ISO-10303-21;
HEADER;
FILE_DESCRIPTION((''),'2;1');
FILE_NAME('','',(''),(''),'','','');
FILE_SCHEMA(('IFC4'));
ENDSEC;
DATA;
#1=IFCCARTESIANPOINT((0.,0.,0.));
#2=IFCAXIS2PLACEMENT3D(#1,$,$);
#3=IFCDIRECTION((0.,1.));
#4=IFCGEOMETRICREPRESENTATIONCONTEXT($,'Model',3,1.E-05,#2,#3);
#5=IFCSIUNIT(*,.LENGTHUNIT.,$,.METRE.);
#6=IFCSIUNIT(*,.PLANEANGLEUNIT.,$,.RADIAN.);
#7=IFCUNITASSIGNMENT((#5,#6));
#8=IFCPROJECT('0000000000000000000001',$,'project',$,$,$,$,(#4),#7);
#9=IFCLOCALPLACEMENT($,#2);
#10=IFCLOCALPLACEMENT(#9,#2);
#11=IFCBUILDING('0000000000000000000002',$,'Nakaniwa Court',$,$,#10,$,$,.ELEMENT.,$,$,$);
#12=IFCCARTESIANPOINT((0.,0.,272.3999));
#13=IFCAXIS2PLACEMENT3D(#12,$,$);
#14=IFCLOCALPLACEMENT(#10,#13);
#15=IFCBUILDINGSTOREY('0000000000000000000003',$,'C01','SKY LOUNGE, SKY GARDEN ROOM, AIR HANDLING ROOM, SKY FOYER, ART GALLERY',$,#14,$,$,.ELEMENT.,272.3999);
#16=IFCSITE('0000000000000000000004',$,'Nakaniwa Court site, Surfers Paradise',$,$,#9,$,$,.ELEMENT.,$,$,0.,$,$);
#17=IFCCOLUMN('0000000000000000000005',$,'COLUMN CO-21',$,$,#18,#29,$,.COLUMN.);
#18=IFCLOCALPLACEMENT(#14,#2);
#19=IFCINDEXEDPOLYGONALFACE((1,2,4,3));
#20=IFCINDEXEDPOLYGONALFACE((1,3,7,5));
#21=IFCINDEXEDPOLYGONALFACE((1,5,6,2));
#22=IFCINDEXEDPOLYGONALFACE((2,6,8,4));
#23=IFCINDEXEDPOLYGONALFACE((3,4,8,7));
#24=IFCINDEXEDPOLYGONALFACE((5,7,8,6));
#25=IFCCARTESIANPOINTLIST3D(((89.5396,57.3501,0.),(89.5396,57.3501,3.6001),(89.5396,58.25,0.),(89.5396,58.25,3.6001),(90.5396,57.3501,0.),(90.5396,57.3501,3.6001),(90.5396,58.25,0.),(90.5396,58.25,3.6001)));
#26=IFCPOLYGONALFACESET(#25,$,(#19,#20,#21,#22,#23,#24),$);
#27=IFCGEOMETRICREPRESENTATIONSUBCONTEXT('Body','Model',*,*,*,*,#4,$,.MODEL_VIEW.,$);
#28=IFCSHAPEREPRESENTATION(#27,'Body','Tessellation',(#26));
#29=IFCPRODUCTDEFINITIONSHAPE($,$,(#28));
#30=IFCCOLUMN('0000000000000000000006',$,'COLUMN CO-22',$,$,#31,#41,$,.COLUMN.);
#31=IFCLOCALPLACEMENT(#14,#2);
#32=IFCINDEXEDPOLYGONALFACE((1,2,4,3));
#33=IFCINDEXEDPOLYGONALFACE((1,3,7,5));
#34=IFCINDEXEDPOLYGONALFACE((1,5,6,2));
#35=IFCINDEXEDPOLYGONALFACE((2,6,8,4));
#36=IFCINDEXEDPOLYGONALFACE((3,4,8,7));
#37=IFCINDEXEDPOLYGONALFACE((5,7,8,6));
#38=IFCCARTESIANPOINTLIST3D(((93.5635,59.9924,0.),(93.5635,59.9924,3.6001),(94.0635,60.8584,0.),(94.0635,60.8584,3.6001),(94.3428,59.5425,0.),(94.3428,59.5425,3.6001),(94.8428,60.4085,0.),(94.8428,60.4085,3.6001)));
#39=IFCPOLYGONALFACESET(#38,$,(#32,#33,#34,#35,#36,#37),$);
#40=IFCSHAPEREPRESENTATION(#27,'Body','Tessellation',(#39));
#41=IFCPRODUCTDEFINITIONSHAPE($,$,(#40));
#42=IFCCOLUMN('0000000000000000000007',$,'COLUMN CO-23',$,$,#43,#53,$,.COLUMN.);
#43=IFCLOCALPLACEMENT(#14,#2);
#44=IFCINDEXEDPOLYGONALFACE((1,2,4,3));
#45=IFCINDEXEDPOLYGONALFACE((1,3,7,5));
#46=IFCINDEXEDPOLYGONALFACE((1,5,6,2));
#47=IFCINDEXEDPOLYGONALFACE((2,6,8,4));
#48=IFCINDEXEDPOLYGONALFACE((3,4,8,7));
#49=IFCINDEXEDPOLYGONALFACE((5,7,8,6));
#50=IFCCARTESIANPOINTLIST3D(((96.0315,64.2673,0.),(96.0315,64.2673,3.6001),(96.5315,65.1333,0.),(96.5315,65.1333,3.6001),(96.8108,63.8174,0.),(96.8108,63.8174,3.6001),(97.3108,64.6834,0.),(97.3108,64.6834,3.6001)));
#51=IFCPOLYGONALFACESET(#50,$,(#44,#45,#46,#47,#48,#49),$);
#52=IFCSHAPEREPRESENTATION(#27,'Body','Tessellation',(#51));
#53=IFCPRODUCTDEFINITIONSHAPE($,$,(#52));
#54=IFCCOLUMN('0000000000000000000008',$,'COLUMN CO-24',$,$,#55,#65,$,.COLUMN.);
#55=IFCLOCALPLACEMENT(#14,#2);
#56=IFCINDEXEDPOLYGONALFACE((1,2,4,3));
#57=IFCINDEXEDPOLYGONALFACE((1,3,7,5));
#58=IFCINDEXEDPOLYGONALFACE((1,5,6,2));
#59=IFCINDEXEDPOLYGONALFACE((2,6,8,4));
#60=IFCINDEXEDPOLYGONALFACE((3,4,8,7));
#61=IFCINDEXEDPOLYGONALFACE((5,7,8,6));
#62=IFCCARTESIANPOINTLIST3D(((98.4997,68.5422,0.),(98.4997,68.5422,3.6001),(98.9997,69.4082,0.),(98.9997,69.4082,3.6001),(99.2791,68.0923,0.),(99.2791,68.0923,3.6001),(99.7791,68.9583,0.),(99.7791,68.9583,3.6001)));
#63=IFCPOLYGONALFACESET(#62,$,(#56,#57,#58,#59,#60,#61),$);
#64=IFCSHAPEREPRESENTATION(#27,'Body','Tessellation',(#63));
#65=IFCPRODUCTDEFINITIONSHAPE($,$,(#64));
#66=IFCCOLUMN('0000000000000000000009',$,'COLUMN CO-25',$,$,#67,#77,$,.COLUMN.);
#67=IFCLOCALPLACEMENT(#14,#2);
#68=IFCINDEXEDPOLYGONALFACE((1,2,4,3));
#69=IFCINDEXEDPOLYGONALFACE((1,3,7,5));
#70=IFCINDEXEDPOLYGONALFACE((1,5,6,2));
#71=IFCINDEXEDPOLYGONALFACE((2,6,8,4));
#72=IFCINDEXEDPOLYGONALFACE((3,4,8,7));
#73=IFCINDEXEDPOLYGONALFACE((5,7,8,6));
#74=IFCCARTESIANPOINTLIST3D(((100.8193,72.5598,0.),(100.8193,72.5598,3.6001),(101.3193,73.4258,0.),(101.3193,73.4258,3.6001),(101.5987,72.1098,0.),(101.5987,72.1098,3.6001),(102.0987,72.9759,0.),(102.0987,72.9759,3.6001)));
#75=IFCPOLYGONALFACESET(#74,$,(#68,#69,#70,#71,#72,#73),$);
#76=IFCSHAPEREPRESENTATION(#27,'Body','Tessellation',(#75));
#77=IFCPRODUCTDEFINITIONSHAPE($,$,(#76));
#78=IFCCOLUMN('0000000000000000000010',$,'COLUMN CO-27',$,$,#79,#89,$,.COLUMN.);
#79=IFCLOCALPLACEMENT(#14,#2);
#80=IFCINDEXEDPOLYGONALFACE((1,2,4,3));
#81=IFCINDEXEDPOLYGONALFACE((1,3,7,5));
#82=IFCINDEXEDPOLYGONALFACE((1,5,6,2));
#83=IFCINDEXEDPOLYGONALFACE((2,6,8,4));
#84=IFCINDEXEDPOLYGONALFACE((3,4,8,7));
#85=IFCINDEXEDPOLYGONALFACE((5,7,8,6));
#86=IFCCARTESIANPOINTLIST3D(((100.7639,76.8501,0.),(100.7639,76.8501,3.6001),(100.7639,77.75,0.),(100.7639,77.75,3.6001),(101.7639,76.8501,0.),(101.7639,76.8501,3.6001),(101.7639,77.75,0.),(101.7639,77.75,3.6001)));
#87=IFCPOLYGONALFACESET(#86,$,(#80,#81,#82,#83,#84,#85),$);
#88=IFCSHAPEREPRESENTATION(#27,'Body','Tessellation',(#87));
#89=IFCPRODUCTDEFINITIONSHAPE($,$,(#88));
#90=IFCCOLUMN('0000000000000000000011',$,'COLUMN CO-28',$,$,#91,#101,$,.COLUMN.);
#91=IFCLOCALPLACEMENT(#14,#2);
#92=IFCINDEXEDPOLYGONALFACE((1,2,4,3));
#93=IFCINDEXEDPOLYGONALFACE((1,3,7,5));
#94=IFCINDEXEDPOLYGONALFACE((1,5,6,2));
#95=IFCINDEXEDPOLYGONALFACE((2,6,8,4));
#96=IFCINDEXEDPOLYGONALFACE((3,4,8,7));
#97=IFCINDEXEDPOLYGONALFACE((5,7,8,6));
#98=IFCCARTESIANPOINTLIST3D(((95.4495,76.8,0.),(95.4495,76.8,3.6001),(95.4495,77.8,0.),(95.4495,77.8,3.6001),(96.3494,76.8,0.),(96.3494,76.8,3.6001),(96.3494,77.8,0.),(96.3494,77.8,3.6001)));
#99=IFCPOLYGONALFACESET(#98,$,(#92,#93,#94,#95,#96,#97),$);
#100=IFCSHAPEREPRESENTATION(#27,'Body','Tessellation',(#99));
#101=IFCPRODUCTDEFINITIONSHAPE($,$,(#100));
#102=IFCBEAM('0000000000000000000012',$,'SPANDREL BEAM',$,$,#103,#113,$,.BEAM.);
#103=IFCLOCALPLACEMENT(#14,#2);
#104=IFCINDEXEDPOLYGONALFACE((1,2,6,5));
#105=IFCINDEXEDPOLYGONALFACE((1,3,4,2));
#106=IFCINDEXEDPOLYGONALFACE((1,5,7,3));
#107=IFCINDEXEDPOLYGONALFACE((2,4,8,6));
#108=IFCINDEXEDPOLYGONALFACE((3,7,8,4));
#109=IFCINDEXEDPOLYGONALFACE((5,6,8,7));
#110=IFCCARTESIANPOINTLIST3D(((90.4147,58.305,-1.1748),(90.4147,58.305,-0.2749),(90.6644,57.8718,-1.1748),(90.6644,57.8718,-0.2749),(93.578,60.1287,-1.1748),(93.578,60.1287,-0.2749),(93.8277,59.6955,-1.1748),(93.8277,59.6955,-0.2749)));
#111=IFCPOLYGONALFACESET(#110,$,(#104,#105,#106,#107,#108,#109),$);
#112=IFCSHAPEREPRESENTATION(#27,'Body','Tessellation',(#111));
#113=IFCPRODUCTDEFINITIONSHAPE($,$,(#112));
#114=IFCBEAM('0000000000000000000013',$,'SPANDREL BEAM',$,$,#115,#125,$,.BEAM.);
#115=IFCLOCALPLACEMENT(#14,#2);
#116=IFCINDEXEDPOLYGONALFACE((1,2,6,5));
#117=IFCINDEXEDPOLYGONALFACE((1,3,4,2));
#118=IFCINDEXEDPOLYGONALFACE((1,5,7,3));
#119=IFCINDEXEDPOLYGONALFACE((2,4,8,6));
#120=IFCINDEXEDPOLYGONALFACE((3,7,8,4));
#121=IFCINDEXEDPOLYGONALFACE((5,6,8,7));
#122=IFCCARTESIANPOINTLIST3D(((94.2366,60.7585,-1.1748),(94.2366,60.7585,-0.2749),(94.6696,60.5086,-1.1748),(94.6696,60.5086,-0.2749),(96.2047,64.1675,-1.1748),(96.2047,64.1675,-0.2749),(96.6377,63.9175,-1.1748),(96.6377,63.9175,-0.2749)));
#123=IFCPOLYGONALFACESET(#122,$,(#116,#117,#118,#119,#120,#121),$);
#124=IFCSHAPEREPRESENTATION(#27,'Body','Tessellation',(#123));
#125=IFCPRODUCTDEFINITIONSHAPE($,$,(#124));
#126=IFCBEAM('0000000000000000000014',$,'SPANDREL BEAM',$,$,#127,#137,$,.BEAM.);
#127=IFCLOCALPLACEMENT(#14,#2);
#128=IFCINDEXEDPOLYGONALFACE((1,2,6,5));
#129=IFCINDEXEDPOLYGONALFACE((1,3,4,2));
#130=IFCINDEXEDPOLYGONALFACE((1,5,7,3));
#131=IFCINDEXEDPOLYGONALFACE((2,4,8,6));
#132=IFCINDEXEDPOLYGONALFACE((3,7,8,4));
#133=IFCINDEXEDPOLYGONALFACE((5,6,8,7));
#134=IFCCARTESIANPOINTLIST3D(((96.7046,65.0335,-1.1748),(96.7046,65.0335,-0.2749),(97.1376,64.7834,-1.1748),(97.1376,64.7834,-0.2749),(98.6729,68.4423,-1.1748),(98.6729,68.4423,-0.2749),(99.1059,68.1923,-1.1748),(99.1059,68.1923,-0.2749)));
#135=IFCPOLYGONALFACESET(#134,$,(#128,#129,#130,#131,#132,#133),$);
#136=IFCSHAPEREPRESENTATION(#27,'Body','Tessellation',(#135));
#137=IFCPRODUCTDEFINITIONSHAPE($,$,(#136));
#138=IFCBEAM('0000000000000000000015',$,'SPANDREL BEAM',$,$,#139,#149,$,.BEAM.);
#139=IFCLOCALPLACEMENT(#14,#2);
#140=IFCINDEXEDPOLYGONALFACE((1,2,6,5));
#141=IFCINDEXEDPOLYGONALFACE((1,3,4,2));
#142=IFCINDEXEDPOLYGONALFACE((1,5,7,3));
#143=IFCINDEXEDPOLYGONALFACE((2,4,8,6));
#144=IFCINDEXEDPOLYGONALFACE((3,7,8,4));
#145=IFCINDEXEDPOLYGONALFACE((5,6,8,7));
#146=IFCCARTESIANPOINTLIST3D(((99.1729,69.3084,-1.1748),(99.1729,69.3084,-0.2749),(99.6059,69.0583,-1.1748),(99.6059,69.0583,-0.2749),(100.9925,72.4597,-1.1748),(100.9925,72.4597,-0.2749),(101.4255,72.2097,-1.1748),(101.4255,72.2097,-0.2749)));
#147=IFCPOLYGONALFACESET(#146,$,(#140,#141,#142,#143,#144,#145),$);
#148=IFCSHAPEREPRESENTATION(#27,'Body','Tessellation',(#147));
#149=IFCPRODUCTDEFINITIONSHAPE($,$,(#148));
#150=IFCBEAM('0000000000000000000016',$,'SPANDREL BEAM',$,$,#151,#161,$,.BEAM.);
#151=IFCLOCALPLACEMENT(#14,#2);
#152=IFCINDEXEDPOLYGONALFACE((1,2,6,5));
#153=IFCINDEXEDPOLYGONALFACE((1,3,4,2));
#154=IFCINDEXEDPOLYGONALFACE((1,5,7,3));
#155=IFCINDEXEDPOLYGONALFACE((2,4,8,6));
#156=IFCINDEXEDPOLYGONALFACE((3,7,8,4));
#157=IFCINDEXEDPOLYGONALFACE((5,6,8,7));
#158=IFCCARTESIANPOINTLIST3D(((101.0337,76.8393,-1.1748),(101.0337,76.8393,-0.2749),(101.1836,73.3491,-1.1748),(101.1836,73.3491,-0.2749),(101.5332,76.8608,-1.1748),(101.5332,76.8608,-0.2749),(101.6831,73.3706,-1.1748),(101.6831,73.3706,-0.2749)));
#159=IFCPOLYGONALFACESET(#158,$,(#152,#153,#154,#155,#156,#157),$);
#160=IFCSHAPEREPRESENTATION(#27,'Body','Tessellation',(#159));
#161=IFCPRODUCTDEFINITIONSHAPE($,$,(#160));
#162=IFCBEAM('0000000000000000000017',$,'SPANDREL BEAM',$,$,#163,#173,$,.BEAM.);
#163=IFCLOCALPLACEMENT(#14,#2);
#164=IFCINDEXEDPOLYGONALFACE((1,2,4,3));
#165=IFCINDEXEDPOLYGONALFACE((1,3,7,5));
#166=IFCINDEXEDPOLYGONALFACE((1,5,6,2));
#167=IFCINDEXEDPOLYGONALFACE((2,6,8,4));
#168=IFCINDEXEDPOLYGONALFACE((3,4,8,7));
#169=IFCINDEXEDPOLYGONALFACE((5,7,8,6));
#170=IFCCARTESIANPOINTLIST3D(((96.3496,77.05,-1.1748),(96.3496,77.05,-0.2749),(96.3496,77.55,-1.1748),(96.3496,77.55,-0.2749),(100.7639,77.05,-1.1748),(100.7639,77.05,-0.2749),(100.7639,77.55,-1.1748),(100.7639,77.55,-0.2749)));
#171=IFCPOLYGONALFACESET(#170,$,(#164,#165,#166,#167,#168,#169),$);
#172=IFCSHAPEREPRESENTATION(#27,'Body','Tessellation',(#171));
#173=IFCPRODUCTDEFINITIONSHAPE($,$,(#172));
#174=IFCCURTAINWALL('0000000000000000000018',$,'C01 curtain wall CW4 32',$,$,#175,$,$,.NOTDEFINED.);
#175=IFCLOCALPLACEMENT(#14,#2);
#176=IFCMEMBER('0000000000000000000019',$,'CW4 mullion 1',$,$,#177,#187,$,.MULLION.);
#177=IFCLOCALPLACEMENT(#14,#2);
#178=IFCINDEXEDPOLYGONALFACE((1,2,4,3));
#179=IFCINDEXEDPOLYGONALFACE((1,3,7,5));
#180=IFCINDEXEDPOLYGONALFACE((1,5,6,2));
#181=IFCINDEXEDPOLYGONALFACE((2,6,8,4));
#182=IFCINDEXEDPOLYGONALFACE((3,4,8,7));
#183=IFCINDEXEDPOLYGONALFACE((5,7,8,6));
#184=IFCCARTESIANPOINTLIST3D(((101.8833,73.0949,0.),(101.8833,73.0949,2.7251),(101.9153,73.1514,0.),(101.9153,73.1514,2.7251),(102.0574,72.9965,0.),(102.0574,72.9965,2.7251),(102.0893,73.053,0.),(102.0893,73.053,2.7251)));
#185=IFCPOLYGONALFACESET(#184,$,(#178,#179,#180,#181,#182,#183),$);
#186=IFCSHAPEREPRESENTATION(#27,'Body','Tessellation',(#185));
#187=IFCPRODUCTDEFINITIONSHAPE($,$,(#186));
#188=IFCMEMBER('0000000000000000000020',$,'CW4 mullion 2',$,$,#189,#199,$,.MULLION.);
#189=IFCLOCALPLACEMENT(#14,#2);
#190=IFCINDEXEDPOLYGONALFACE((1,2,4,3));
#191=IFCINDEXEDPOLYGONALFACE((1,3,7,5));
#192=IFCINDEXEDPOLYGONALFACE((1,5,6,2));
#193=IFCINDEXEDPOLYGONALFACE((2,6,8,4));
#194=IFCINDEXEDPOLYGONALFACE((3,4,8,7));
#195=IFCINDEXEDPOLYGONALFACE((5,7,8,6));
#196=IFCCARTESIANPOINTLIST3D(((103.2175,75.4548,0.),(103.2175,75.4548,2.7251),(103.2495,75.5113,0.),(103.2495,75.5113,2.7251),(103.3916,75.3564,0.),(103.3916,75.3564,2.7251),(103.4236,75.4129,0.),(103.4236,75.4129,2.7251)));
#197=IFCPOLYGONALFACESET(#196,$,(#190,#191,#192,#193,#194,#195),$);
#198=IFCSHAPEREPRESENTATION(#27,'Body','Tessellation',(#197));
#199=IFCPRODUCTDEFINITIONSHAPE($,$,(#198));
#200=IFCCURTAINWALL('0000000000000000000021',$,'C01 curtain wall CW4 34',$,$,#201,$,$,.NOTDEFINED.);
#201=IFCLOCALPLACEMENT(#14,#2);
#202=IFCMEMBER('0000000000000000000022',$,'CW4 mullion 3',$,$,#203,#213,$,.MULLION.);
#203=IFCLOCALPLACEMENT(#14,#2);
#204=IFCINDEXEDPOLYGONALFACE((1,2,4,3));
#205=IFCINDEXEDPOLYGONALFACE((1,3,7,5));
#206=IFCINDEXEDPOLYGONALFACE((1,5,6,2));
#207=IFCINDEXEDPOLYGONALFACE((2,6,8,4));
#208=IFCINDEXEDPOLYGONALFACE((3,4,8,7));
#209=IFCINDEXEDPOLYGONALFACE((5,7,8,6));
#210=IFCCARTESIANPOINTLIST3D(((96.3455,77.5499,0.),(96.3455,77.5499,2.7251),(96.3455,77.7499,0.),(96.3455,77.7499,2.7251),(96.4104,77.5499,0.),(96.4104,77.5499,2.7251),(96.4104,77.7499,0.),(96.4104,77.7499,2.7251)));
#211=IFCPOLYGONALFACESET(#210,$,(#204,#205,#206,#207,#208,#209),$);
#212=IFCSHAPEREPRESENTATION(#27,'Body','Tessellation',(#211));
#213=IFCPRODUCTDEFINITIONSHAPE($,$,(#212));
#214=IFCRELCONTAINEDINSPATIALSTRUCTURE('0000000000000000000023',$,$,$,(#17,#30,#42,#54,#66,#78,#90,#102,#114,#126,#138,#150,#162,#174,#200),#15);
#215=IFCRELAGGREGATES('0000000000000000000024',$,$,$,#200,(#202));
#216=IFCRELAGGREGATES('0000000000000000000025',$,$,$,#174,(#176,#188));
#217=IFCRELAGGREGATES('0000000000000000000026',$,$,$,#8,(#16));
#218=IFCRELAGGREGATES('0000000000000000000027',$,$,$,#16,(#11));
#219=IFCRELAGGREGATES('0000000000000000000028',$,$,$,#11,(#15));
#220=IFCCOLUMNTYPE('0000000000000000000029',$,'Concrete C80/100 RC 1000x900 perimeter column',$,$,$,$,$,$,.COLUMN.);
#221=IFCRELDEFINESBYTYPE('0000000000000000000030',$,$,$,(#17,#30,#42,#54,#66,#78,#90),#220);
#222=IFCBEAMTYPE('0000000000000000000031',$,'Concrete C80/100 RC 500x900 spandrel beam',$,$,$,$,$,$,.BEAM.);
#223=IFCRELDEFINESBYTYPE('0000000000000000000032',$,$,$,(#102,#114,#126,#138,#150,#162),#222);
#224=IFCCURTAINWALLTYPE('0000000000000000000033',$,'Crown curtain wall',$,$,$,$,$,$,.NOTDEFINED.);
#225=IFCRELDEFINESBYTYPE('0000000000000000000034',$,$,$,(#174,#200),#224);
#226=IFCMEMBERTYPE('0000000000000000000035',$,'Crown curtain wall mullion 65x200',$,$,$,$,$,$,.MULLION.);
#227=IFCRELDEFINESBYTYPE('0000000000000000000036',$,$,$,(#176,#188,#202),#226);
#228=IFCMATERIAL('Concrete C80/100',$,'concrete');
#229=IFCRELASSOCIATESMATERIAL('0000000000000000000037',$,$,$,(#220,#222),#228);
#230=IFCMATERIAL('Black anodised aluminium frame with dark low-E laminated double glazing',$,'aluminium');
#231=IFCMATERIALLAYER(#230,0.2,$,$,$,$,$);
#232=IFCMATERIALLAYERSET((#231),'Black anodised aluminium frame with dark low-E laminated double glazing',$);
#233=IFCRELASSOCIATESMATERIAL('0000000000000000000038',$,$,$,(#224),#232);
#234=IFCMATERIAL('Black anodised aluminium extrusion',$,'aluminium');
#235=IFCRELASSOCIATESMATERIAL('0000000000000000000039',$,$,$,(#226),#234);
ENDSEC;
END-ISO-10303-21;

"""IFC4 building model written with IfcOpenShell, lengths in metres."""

from ifc_helpers import new_model, si_unit, direction, frame, origin, origin_2d, place, context, subcontext, project, spatial, rectangle, extrude, material, layer, layer_set, material_profile, profile_set, type_object, element, aggregate, save


model = new_model("IFC4")

# Units and contexts
model_context = context("Model", 3, precision=1e-05, world=origin(), true_north=direction((0.0, 1.0)))
body_context = subcontext(model_context, "Body", "Model", "MODEL_VIEW")
ifc_project = project(units=[si_unit("LENGTHUNIT", "METRE"), si_unit("PLANEANGLEUNIT", "RADIAN")], contexts=[model_context])

# Site, building, storey
site_placement = place(None, origin())
site = spatial("IfcSite", under=ifc_project, at=site_placement, Name="Nakaniwa Court site, Surfers Paradise", CompositionType="ELEMENT", RefElevation=0.0)
building_placement = place(site_placement, origin())
building = spatial("IfcBuilding", under=site, at=building_placement, Name="Nakaniwa Court", CompositionType="ELEMENT")
storey_placement = place(building_placement, frame((0.0, 0.0, 272.3999)))
storey = spatial("IfcBuildingStorey", under=building, at=storey_placement, Name="C01", Description="SKY LOUNGE, SKY GARDEN ROOM, AIR HANDLING ROOM, SKY FOYER, ART GALLERY", CompositionType="ELEMENT", Elevation=272.3999)

# Columns
ifc_material_1 = material(Name="Concrete C80/100", Category="concrete")
ifc_material_profile_1 = material_profile(ifc_material_1, rectangle(XDim=1.0, YDim=0.8999, at=origin_2d()), Name="Concrete C80/100 RC 1000x900 perimeter column")
ifc_profile_set_1 = profile_set([ifc_material_profile_1], Name="Concrete C80/100")
column_type = type_object("IfcColumnType", Name="Concrete C80/100 RC 1000x900 perimeter column", PredefinedType="COLUMN", material=ifc_profile_set_1)
for number, where, z_axis, x_axis, name in (
    (1, (90.0396, 57.8, 0.0), (0.0, 0.0, 1.0), (1.0, 0.0, 0.0), "COLUMN CO-21"),
    (2, (94.2031, 60.2004, 0.0), (0.0, 0.0, 1.0), (0.5, 0.866025, 0.0), "COLUMN CO-22"),
    (3, (96.6711, 64.4753, 0.0), (0.0, 0.0, 1.0), (0.5, 0.866025, 0.0), "COLUMN CO-23"),
    (4, (99.1394, 68.7502, 0.0), (0.0, 0.0, 1.0), (0.5, 0.866025, 0.0), "COLUMN CO-24"),
    (5, (101.459, 72.7678, 0.0), (0.0, 0.0, 1.0), (0.5, 0.866025, 0.0), "COLUMN CO-25"),
    (6, (101.2639, 77.3, 0.0), (0.0, 0.0, 1.0), (-1.0, 0.0, 0.0), "COLUMN CO-27"),
    (7, (95.8994, 77.3, 0.0), (0.0, 0.0, 1.0), (0.0, 1.0, 0.0), "COLUMN CO-28"),
):
    element("IfcColumn", number, at=place(storey_placement, frame(where, z_axis=z_axis, x_axis=x_axis)), inside=storey, type_object=column_type, Name=name, PredefinedType="COLUMN", context=body_context, shape_type="SweptSolid", body=[
        extrude(rectangle(XDim=1.0, YDim=0.8999, at=origin_2d()), origin(), (0.0, 0.0, 1.0), 3.6001),
    ])

# Beams
ifc_material_profile_2 = material_profile(ifc_material_1, rectangle(XDim=0.5, YDim=0.8999, at=origin_2d()), Name="Concrete C80/100 RC 500x900 spandrel beam")
ifc_profile_set_2 = profile_set([ifc_material_profile_2], Name="Concrete C80/100")
beam_type = type_object("IfcBeamType", Name="Concrete C80/100 RC 500x900 spandrel beam", PredefinedType="BEAM", material=ifc_profile_set_2)
beam_1_placement = place(storey_placement, frame((90.5396, 58.0884, -0.7249), z_axis=(0.866336, 0.499462, 0.0), x_axis=(-0.499462, 0.866336, 0.0)))
element("IfcBeam", 8, at=beam_1_placement, inside=storey, type_object=beam_type, Name="SPANDREL BEAM", PredefinedType="BEAM", context=body_context, shape_type="SweptSolid", body=[
    extrude(rectangle(XDim=0.5, YDim=0.8999, at=origin_2d()), origin(), (0.0, 0.0, 1.0), 3.6514),
])
for number, where, z_axis, x_axis, name in (
    (9, (94.4531, 60.6335, -0.7249), (0.499975, 0.86604, 0.0), (-0.86604, 0.499975, 0.0), "SPANDREL BEAM"),
    (10, (96.9211, 64.9084, -0.7249), (0.500021, 0.866013, 0.0), (-0.866013, 0.500021, 0.0), "SPANDREL BEAM"),
):
    element("IfcBeam", number, at=place(storey_placement, frame(where, z_axis=z_axis, x_axis=x_axis)), inside=storey, type_object=beam_type, Name=name, PredefinedType="BEAM", context=body_context, shape_type="SweptSolid", body=[
        extrude(rectangle(XDim=0.5, YDim=0.8999, at=origin_2d()), origin(), (0.0, 0.0, 1.0), 3.9363),
    ])
beam_2_placement = place(storey_placement, frame((99.3894, 69.1833, -0.7249), z_axis=(0.500028, 0.866009, 0.0), x_axis=(-0.866009, 0.500028, 0.0)))
element("IfcBeam", 11, at=beam_2_placement, inside=storey, type_object=beam_type, Name="SPANDREL BEAM", PredefinedType="BEAM", context=body_context, shape_type="SweptSolid", body=[
    extrude(rectangle(XDim=0.5, YDim=0.8999, at=origin_2d()), origin(), (0.0, 0.0, 1.0), 3.6389),
])
beam_3_placement = place(storey_placement, frame((101.4333, 73.3599, -0.7249), z_axis=(-0.04291, 0.999079, 0.0), x_axis=(-0.999079, -0.04291, 0.0)))
element("IfcBeam", 12, at=beam_3_placement, inside=storey, type_object=beam_type, Name="SPANDREL BEAM", PredefinedType="BEAM", context=body_context, shape_type="SweptSolid", body=[
    extrude(rectangle(XDim=0.5, YDim=0.8999, at=origin_2d()), origin(), (0.0, 0.0, 1.0), 3.4934),
])
beam_4_placement = place(storey_placement, frame((100.7639, 77.3, -0.7249), z_axis=(-1.0, 0.0, 0.0), x_axis=(0.0, -1.0, 0.0)))
element("IfcBeam", 13, at=beam_4_placement, inside=storey, type_object=beam_type, Name="SPANDREL BEAM", PredefinedType="BEAM", context=body_context, shape_type="SweptSolid", body=[
    extrude(rectangle(XDim=0.5, YDim=0.8999, at=origin_2d()), origin(), (0.0, 0.0, 1.0), 4.4143),
])

# Curtain wall, members
ifc_material_2 = material(Name="Black anodised aluminium frame with dark low-E laminated double glazing", Category="aluminium")
ifc_layer_1 = layer(ifc_material_2, 0.2)
ifc_layer_set_1 = layer_set([ifc_layer_1], Name="Black anodised aluminium frame with dark low-E laminated double glazing")
curtain_wall_type = type_object("IfcCurtainWallType", Name="Crown curtain wall", PredefinedType="NOTDEFINED", material=ifc_layer_set_1)
curtain_wall_1_placement = place(storey_placement, origin())
curtain_wall_1 = element("IfcCurtainWall", 14, at=curtain_wall_1_placement, inside=storey, type_object=curtain_wall_type, Name="C01 curtain wall CW4 32", PredefinedType="NOTDEFINED")
ifc_material_3 = material(Name="Black anodised aluminium extrusion", Category="aluminium")
ifc_material_profile_3 = material_profile(ifc_material_3, rectangle(XDim=0.2, YDim=0.0649, at=origin_2d()), Name="Crown curtain wall mullion 65x200")
ifc_profile_set_3 = profile_set([ifc_material_profile_3], Name="Black anodised aluminium extrusion")
member_type_1 = type_object("IfcMemberType", Name="Crown curtain wall mullion 65x200", PredefinedType="MULLION", material=ifc_profile_set_3)
member_1_placement = place(storey_placement, frame((101.9863, 73.074, 0.0), z_axis=(0.0, 0.0, 1.0), x_axis=(-0.870495, 0.492177, 0.0)))
member_1 = element("IfcMember", 15, at=member_1_placement, type_object=member_type_1, Name="CW4 mullion 1", PredefinedType="MULLION", context=body_context, shape_type="SweptSolid", body=[
    extrude(rectangle(XDim=0.2, YDim=0.0649, at=origin_2d()), origin(), (0.0, 0.0, 1.0), 2.7251),
])
member_2_placement = place(storey_placement, frame((103.3206, 75.4338, 0.0), z_axis=(0.0, 0.0, 1.0), x_axis=(-0.870495, 0.492177, 0.0)))
member_2 = element("IfcMember", 16, at=member_2_placement, type_object=member_type_1, Name="CW4 mullion 2", PredefinedType="MULLION", context=body_context, shape_type="SweptSolid", body=[
    extrude(rectangle(XDim=0.2, YDim=0.0649, at=origin_2d()), origin(), (0.0, 0.0, 1.0), 2.7251),
])

# Curtain wall, member
curtain_wall_2_placement = place(storey_placement, origin())
curtain_wall_2 = element("IfcCurtainWall", 17, at=curtain_wall_2_placement, inside=storey, type_object=curtain_wall_type, Name="C01 curtain wall CW4 34", PredefinedType="NOTDEFINED")
member_3_placement = place(storey_placement, frame((96.3779, 77.6499, 0.0), z_axis=(0.0, 0.0, 1.0), x_axis=(0.0, -1.0, 0.0)))
member_3 = element("IfcMember", 18, at=member_3_placement, type_object=member_type_1, Name="CW4 mullion 3", PredefinedType="MULLION", context=body_context, shape_type="SweptSolid", body=[
    extrude(rectangle(XDim=0.2, YDim=0.0649, at=origin_2d()), origin(), (0.0, 0.0, 1.0), 2.7251),
])
aggregate(curtain_wall_2, [member_3])

aggregate(curtain_wall_1, [member_1, member_2])

save(model, "model.ifc")
